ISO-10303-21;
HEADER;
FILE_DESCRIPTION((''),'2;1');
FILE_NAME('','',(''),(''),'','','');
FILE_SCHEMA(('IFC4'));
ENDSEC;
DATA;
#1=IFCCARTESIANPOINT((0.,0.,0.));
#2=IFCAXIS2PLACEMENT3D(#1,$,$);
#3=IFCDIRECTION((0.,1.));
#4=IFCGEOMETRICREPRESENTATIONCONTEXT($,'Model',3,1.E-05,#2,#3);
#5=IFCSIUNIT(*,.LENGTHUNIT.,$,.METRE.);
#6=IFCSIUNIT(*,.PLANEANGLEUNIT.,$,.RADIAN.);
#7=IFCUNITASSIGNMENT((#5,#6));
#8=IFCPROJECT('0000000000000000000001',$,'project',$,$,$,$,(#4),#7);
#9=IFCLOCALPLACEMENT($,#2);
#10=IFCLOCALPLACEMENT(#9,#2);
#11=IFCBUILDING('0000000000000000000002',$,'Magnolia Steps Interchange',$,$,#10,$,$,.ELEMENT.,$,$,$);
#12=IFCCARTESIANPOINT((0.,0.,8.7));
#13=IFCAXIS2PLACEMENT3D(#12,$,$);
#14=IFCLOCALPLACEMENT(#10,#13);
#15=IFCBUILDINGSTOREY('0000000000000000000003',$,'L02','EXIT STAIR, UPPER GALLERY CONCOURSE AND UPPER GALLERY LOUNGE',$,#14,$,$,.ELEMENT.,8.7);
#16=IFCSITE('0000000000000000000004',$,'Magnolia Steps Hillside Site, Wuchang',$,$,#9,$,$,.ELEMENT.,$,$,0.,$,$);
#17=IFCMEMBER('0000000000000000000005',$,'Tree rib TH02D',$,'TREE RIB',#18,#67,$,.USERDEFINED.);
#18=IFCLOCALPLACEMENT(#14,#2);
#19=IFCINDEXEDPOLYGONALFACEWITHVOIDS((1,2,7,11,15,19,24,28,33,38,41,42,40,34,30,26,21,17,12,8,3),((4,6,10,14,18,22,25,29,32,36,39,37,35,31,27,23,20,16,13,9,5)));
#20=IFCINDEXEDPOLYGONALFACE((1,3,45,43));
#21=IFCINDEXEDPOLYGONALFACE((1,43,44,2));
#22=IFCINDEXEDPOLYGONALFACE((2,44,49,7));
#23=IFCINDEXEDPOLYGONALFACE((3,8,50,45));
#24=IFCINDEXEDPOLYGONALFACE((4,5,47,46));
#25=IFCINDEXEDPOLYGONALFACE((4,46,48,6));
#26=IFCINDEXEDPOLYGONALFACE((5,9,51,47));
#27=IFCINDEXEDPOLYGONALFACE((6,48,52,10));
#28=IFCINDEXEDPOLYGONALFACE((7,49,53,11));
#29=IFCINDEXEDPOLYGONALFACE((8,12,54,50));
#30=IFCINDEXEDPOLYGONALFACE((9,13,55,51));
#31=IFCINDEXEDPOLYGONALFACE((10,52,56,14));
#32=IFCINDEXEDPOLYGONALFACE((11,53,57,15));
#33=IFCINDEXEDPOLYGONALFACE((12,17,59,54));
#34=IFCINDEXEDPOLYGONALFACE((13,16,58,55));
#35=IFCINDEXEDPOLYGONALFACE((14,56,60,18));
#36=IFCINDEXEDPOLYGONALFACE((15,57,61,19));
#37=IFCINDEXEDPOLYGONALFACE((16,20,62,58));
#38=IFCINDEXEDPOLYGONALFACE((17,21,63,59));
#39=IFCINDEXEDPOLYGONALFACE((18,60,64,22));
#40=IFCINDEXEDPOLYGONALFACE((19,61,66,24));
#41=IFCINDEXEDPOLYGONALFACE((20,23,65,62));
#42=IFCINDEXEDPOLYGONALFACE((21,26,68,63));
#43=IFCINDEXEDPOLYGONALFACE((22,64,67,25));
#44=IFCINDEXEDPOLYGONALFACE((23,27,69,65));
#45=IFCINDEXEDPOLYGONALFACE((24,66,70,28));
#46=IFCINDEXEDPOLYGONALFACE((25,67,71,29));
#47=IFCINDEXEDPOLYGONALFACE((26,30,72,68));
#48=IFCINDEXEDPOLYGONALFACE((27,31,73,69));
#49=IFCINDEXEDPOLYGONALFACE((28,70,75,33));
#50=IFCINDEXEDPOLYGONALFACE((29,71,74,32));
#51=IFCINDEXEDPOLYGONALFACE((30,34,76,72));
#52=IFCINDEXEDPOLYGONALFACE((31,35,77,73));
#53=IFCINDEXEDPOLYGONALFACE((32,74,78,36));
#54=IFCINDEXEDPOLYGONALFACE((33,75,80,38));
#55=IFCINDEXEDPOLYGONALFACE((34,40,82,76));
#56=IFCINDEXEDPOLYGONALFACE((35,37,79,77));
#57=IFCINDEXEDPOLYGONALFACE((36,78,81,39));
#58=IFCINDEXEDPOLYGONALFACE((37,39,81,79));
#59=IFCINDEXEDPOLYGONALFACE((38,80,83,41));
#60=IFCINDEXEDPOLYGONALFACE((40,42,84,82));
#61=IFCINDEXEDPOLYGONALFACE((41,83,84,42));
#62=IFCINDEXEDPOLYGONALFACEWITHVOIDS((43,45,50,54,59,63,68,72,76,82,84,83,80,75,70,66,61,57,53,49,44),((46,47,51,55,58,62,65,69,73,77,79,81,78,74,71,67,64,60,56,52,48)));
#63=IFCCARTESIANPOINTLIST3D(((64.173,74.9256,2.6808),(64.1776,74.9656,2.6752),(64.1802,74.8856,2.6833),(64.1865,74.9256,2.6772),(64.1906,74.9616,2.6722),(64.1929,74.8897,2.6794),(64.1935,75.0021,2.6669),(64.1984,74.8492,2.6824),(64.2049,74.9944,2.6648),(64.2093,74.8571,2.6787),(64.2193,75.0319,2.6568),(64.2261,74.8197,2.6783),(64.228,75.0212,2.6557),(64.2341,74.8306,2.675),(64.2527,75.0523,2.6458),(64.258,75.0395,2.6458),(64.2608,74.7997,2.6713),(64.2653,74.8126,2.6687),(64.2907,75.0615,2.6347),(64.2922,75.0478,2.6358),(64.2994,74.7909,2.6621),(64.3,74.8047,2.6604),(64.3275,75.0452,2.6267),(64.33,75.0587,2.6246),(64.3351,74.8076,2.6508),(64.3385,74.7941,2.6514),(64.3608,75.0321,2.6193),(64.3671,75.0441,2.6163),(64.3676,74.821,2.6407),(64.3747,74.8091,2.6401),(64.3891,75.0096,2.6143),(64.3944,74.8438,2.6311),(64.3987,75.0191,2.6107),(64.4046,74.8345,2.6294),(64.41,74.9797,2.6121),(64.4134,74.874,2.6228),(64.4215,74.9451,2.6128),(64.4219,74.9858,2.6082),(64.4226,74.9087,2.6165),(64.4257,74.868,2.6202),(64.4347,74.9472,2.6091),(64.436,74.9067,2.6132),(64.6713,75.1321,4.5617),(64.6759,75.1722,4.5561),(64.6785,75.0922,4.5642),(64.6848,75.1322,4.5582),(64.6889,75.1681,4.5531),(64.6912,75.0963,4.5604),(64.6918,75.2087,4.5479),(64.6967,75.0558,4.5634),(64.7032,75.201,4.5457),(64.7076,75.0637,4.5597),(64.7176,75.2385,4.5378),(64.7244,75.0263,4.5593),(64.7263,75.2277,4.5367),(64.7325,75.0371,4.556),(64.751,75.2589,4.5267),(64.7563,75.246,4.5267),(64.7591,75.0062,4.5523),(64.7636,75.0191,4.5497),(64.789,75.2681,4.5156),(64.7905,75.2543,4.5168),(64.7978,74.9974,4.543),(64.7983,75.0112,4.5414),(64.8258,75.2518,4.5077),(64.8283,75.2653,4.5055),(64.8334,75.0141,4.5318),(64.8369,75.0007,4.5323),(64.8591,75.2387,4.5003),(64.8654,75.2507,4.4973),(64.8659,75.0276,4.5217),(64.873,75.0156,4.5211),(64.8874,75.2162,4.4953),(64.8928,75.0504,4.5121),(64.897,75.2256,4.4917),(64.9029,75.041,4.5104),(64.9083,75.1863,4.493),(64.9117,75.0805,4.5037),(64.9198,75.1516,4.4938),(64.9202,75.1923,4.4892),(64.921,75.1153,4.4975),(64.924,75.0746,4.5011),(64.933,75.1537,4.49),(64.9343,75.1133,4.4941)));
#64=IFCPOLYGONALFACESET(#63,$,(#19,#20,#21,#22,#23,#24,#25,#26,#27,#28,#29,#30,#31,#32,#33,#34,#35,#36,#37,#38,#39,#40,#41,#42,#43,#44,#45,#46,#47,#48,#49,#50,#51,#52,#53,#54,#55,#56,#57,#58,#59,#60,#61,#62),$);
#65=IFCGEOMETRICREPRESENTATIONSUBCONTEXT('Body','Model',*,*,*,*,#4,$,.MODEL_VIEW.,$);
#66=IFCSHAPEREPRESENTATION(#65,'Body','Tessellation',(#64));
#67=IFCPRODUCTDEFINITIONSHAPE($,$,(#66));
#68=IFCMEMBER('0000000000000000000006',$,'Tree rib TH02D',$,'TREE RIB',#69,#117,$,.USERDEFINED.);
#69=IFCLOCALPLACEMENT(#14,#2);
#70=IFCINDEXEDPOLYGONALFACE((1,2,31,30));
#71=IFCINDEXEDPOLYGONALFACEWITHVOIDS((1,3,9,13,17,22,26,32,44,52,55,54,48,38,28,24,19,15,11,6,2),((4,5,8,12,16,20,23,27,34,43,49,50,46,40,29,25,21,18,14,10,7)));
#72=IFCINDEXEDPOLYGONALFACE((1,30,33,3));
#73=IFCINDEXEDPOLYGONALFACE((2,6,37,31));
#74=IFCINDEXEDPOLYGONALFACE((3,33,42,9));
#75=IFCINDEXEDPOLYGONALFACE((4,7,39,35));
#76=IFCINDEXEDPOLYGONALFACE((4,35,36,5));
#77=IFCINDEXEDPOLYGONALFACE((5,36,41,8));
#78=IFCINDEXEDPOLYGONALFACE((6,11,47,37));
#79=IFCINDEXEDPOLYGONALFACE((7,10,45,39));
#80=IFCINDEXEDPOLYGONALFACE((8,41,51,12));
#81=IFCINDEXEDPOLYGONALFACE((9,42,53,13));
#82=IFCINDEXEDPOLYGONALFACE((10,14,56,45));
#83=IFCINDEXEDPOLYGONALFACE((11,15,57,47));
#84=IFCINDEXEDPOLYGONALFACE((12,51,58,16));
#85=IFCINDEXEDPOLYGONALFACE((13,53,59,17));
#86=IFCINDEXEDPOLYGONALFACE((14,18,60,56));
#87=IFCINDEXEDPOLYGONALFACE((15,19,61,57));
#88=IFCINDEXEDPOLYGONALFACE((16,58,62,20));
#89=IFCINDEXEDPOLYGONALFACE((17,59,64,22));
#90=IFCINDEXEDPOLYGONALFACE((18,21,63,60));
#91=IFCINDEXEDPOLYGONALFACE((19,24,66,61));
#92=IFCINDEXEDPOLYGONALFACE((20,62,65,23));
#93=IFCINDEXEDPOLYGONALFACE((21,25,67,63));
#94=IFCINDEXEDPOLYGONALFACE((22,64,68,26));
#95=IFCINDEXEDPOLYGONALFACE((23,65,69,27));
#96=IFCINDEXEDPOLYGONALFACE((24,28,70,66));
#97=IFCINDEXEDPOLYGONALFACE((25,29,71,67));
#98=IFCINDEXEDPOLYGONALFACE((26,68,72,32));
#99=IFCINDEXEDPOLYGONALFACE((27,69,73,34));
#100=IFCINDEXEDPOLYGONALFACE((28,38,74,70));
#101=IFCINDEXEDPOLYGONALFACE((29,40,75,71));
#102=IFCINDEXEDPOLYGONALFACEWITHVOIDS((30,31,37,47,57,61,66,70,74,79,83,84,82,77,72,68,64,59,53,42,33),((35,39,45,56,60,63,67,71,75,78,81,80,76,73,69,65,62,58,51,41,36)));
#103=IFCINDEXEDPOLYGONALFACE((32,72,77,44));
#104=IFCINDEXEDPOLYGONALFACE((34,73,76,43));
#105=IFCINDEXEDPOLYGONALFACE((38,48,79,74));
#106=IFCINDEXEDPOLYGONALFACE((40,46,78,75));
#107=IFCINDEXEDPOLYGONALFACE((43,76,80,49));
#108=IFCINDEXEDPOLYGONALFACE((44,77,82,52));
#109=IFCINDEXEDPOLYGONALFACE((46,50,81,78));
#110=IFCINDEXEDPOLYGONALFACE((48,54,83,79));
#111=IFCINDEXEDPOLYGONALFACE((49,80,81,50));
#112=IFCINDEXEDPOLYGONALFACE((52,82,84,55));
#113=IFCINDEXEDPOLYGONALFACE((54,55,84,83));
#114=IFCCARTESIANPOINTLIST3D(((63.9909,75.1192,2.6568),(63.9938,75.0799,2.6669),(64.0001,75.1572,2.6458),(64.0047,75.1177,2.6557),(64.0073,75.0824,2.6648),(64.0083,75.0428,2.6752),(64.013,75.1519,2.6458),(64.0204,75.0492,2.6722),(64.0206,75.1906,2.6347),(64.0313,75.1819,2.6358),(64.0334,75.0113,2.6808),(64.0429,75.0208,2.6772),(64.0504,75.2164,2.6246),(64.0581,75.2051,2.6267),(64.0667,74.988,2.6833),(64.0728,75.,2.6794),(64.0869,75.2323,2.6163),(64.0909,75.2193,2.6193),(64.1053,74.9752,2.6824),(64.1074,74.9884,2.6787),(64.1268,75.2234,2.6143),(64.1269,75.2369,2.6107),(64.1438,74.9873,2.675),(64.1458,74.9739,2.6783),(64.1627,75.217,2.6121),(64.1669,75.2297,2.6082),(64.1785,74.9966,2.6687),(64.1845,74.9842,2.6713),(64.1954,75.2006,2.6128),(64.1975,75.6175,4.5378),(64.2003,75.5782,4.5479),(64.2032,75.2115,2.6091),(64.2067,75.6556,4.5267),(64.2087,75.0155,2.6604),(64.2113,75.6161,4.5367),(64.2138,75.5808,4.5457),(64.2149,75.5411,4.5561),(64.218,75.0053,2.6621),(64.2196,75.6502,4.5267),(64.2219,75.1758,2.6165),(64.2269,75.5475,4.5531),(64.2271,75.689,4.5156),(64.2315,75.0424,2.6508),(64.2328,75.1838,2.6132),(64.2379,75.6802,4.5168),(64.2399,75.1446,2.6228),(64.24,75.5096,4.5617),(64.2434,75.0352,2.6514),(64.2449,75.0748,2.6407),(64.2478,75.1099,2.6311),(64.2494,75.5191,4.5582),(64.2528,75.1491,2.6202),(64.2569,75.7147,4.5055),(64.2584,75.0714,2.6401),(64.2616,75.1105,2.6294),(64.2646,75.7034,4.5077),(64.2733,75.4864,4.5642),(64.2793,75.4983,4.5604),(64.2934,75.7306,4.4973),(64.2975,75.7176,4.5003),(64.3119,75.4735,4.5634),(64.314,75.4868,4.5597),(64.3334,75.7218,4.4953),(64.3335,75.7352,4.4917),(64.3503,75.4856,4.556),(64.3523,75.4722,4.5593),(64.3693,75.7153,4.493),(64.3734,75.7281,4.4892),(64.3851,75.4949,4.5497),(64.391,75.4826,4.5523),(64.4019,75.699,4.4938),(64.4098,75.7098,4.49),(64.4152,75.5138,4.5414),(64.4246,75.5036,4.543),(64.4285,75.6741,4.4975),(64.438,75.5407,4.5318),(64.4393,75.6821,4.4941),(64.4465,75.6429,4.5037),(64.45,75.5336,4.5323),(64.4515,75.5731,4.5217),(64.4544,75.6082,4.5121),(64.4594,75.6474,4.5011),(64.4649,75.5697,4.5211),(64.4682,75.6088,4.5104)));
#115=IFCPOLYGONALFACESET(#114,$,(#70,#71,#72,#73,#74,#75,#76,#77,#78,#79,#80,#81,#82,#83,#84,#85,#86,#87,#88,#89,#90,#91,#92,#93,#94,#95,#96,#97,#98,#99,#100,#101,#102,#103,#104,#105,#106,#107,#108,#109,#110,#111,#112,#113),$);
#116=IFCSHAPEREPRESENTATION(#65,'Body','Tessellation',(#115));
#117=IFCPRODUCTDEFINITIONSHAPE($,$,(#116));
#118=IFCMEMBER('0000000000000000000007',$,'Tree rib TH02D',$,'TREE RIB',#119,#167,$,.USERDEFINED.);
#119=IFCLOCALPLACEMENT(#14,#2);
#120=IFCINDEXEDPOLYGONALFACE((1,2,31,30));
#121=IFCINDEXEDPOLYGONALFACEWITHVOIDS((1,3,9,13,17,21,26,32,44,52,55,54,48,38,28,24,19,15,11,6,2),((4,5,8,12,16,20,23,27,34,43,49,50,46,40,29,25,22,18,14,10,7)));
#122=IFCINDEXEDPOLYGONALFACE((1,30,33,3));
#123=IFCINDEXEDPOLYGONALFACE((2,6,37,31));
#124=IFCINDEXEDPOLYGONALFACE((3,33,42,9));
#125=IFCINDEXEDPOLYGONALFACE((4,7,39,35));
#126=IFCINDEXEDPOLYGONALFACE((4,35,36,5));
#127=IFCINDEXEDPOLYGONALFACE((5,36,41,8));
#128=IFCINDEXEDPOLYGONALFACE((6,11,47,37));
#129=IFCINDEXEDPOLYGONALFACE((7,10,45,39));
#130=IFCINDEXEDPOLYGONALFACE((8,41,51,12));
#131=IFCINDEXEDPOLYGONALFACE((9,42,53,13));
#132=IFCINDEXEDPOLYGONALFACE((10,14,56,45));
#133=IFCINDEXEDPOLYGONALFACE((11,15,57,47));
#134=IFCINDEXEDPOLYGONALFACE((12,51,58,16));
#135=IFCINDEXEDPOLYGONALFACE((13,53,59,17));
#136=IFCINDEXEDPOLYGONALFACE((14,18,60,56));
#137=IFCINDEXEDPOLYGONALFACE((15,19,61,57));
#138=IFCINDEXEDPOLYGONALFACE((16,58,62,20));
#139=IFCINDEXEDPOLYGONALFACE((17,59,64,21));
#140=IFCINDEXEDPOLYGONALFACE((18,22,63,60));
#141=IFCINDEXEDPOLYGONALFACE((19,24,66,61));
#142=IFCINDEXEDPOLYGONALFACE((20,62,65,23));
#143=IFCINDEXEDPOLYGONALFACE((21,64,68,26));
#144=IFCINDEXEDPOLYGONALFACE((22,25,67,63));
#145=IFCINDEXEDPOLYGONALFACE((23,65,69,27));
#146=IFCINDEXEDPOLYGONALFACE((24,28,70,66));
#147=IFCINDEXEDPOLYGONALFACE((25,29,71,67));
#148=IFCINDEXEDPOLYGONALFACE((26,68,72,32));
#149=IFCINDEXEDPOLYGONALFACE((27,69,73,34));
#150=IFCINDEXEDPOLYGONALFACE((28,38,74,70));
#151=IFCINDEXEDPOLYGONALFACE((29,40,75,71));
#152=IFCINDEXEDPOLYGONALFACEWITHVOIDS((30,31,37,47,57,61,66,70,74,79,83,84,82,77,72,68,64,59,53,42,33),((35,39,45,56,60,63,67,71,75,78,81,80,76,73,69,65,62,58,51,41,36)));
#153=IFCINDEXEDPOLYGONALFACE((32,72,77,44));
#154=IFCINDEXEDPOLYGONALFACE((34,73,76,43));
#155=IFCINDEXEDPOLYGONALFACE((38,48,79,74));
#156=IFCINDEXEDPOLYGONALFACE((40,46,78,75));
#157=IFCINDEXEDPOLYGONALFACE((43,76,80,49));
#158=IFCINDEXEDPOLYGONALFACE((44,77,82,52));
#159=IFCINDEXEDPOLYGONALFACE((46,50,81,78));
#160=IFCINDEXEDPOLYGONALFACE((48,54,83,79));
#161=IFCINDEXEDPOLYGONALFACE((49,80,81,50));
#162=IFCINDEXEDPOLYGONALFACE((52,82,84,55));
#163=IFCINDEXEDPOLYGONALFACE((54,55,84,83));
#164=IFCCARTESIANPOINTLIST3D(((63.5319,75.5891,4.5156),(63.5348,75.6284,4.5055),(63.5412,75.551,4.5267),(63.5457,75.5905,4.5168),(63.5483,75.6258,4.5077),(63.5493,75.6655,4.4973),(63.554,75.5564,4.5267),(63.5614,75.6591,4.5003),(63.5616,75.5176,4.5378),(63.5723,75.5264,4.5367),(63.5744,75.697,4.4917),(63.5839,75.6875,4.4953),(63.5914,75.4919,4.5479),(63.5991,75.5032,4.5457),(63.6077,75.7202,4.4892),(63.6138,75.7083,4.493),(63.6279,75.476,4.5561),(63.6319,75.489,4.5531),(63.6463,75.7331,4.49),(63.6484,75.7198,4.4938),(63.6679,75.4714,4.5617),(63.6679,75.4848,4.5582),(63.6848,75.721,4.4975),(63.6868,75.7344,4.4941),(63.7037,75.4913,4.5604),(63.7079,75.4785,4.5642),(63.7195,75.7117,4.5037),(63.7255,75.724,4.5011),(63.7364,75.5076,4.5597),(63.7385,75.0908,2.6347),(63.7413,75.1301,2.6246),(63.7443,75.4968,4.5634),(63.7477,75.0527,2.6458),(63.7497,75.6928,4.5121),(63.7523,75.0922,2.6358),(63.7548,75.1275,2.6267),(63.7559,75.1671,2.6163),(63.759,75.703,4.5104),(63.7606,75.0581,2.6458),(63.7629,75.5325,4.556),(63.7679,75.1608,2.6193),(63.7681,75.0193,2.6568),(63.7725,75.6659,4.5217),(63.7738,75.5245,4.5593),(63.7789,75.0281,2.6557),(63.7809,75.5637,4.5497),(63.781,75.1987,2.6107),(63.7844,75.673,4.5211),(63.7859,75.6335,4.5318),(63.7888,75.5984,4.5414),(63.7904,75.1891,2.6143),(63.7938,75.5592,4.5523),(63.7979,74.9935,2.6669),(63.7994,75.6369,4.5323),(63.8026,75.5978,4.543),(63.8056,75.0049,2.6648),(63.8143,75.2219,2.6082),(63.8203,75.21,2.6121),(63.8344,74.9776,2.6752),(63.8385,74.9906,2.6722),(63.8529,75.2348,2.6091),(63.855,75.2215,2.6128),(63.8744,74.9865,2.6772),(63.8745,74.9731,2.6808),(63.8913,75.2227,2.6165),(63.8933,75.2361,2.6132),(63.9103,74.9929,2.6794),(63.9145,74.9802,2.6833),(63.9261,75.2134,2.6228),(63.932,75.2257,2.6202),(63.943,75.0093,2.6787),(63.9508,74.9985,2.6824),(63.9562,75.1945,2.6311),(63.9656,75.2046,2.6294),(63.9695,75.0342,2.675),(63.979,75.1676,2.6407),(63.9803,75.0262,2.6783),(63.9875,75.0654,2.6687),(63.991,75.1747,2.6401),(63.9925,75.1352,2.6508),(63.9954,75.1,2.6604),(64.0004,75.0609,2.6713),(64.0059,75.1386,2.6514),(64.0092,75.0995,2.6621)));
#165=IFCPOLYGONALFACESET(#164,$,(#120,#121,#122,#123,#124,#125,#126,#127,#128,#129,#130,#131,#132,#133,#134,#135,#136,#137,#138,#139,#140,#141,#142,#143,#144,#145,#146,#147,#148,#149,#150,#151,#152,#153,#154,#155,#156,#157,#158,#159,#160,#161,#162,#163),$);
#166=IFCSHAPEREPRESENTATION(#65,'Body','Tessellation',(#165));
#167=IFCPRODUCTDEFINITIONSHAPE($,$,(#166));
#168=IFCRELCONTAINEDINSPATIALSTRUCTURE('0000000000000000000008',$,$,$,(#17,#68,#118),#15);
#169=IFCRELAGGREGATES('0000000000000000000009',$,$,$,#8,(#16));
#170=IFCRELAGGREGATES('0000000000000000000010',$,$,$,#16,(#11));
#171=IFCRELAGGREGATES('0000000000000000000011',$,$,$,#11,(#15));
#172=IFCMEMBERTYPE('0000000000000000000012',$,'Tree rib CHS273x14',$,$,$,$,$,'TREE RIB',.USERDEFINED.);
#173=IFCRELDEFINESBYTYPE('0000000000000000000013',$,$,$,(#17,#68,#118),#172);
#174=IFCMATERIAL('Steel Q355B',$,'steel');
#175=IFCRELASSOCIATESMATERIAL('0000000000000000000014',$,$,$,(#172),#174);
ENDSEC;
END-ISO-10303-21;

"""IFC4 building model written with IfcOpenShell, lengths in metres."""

from ifc_helpers import new_model, si_unit, direction, frame, origin, origin_2d, place, context, subcontext, project, spatial, hollow_circle, extrude, material, material_profile, profile_set, type_object, element, save


model = new_model("IFC4")

# Units and contexts
model_context = context("Model", 3, precision=1e-05, world=origin(), true_north=direction((0.0, 1.0)))
body_context = subcontext(model_context, "Body", "Model", "MODEL_VIEW")
ifc_project = project(units=[si_unit("LENGTHUNIT", "METRE"), si_unit("PLANEANGLEUNIT", "RADIAN")], contexts=[model_context])

# Site, building, storey
site_placement = place(None, origin())
site = spatial("IfcSite", under=ifc_project, at=site_placement, Name="Magnolia Steps Hillside Site, Wuchang", CompositionType="ELEMENT", RefElevation=0.0)
building_placement = place(site_placement, origin())
building = spatial("IfcBuilding", under=site, at=building_placement, Name="Magnolia Steps Interchange", CompositionType="ELEMENT")
storey_placement = place(building_placement, frame((0.0, 0.0, 8.7)))
storey = spatial("IfcBuildingStorey", under=building, at=storey_placement, Name="L02", Description="EXIT STAIR, UPPER GALLERY CONCOURSE AND UPPER GALLERY LOUNGE", CompositionType="ELEMENT", Elevation=8.7)

# Members
ifc_material_1 = material(Name="Steel Q355B", Category="steel")
ifc_material_profile_1 = material_profile(ifc_material_1, hollow_circle(Radius=0.1365, WallThickness=0.0139, at=origin_2d()), Name="CHS273x14")
ifc_profile_set_1 = profile_set([ifc_material_profile_1], Name="Steel Q355B")
member_type_1 = type_object("IfcMemberType", Name="Tree rib CHS273x14", ElementType="TREE RIB", PredefinedType="USERDEFINED", material=ifc_profile_set_1)
for number, where, z_axis, x_axis, name in (
    (1, (64.3049, 74.9263, 2.6458), (0.254662, 0.105558, 0.961252), (-0.382911, 0.923785, 0.0), "Tree rib TH02D"),
    (2, (64.1262, 75.105, 2.6458), (0.105558, 0.254662, 0.961252), (-0.923785, 0.382911, 0.0), "Tree rib TH02D"),
    (3, (63.8738, 75.105, 2.6458), (-0.105558, 0.254662, 0.961252), (-0.923785, -0.382911, 0.0), "Tree rib TH02D"),
):
    element("IfcMember", number, at=place(storey_placement, frame(where, z_axis=z_axis, x_axis=x_axis)), inside=storey, type_object=member_type_1, Name=name, ObjectType="TREE RIB", PredefinedType="USERDEFINED", context=body_context, shape_type="SweptSolid", body=[
        extrude(hollow_circle(Radius=0.1365, WallThickness=0.0139, at=origin_2d()), origin(), (0.0, 0.0, 1.0), 1.9568),
    ])

save(model, "model.ifc")
